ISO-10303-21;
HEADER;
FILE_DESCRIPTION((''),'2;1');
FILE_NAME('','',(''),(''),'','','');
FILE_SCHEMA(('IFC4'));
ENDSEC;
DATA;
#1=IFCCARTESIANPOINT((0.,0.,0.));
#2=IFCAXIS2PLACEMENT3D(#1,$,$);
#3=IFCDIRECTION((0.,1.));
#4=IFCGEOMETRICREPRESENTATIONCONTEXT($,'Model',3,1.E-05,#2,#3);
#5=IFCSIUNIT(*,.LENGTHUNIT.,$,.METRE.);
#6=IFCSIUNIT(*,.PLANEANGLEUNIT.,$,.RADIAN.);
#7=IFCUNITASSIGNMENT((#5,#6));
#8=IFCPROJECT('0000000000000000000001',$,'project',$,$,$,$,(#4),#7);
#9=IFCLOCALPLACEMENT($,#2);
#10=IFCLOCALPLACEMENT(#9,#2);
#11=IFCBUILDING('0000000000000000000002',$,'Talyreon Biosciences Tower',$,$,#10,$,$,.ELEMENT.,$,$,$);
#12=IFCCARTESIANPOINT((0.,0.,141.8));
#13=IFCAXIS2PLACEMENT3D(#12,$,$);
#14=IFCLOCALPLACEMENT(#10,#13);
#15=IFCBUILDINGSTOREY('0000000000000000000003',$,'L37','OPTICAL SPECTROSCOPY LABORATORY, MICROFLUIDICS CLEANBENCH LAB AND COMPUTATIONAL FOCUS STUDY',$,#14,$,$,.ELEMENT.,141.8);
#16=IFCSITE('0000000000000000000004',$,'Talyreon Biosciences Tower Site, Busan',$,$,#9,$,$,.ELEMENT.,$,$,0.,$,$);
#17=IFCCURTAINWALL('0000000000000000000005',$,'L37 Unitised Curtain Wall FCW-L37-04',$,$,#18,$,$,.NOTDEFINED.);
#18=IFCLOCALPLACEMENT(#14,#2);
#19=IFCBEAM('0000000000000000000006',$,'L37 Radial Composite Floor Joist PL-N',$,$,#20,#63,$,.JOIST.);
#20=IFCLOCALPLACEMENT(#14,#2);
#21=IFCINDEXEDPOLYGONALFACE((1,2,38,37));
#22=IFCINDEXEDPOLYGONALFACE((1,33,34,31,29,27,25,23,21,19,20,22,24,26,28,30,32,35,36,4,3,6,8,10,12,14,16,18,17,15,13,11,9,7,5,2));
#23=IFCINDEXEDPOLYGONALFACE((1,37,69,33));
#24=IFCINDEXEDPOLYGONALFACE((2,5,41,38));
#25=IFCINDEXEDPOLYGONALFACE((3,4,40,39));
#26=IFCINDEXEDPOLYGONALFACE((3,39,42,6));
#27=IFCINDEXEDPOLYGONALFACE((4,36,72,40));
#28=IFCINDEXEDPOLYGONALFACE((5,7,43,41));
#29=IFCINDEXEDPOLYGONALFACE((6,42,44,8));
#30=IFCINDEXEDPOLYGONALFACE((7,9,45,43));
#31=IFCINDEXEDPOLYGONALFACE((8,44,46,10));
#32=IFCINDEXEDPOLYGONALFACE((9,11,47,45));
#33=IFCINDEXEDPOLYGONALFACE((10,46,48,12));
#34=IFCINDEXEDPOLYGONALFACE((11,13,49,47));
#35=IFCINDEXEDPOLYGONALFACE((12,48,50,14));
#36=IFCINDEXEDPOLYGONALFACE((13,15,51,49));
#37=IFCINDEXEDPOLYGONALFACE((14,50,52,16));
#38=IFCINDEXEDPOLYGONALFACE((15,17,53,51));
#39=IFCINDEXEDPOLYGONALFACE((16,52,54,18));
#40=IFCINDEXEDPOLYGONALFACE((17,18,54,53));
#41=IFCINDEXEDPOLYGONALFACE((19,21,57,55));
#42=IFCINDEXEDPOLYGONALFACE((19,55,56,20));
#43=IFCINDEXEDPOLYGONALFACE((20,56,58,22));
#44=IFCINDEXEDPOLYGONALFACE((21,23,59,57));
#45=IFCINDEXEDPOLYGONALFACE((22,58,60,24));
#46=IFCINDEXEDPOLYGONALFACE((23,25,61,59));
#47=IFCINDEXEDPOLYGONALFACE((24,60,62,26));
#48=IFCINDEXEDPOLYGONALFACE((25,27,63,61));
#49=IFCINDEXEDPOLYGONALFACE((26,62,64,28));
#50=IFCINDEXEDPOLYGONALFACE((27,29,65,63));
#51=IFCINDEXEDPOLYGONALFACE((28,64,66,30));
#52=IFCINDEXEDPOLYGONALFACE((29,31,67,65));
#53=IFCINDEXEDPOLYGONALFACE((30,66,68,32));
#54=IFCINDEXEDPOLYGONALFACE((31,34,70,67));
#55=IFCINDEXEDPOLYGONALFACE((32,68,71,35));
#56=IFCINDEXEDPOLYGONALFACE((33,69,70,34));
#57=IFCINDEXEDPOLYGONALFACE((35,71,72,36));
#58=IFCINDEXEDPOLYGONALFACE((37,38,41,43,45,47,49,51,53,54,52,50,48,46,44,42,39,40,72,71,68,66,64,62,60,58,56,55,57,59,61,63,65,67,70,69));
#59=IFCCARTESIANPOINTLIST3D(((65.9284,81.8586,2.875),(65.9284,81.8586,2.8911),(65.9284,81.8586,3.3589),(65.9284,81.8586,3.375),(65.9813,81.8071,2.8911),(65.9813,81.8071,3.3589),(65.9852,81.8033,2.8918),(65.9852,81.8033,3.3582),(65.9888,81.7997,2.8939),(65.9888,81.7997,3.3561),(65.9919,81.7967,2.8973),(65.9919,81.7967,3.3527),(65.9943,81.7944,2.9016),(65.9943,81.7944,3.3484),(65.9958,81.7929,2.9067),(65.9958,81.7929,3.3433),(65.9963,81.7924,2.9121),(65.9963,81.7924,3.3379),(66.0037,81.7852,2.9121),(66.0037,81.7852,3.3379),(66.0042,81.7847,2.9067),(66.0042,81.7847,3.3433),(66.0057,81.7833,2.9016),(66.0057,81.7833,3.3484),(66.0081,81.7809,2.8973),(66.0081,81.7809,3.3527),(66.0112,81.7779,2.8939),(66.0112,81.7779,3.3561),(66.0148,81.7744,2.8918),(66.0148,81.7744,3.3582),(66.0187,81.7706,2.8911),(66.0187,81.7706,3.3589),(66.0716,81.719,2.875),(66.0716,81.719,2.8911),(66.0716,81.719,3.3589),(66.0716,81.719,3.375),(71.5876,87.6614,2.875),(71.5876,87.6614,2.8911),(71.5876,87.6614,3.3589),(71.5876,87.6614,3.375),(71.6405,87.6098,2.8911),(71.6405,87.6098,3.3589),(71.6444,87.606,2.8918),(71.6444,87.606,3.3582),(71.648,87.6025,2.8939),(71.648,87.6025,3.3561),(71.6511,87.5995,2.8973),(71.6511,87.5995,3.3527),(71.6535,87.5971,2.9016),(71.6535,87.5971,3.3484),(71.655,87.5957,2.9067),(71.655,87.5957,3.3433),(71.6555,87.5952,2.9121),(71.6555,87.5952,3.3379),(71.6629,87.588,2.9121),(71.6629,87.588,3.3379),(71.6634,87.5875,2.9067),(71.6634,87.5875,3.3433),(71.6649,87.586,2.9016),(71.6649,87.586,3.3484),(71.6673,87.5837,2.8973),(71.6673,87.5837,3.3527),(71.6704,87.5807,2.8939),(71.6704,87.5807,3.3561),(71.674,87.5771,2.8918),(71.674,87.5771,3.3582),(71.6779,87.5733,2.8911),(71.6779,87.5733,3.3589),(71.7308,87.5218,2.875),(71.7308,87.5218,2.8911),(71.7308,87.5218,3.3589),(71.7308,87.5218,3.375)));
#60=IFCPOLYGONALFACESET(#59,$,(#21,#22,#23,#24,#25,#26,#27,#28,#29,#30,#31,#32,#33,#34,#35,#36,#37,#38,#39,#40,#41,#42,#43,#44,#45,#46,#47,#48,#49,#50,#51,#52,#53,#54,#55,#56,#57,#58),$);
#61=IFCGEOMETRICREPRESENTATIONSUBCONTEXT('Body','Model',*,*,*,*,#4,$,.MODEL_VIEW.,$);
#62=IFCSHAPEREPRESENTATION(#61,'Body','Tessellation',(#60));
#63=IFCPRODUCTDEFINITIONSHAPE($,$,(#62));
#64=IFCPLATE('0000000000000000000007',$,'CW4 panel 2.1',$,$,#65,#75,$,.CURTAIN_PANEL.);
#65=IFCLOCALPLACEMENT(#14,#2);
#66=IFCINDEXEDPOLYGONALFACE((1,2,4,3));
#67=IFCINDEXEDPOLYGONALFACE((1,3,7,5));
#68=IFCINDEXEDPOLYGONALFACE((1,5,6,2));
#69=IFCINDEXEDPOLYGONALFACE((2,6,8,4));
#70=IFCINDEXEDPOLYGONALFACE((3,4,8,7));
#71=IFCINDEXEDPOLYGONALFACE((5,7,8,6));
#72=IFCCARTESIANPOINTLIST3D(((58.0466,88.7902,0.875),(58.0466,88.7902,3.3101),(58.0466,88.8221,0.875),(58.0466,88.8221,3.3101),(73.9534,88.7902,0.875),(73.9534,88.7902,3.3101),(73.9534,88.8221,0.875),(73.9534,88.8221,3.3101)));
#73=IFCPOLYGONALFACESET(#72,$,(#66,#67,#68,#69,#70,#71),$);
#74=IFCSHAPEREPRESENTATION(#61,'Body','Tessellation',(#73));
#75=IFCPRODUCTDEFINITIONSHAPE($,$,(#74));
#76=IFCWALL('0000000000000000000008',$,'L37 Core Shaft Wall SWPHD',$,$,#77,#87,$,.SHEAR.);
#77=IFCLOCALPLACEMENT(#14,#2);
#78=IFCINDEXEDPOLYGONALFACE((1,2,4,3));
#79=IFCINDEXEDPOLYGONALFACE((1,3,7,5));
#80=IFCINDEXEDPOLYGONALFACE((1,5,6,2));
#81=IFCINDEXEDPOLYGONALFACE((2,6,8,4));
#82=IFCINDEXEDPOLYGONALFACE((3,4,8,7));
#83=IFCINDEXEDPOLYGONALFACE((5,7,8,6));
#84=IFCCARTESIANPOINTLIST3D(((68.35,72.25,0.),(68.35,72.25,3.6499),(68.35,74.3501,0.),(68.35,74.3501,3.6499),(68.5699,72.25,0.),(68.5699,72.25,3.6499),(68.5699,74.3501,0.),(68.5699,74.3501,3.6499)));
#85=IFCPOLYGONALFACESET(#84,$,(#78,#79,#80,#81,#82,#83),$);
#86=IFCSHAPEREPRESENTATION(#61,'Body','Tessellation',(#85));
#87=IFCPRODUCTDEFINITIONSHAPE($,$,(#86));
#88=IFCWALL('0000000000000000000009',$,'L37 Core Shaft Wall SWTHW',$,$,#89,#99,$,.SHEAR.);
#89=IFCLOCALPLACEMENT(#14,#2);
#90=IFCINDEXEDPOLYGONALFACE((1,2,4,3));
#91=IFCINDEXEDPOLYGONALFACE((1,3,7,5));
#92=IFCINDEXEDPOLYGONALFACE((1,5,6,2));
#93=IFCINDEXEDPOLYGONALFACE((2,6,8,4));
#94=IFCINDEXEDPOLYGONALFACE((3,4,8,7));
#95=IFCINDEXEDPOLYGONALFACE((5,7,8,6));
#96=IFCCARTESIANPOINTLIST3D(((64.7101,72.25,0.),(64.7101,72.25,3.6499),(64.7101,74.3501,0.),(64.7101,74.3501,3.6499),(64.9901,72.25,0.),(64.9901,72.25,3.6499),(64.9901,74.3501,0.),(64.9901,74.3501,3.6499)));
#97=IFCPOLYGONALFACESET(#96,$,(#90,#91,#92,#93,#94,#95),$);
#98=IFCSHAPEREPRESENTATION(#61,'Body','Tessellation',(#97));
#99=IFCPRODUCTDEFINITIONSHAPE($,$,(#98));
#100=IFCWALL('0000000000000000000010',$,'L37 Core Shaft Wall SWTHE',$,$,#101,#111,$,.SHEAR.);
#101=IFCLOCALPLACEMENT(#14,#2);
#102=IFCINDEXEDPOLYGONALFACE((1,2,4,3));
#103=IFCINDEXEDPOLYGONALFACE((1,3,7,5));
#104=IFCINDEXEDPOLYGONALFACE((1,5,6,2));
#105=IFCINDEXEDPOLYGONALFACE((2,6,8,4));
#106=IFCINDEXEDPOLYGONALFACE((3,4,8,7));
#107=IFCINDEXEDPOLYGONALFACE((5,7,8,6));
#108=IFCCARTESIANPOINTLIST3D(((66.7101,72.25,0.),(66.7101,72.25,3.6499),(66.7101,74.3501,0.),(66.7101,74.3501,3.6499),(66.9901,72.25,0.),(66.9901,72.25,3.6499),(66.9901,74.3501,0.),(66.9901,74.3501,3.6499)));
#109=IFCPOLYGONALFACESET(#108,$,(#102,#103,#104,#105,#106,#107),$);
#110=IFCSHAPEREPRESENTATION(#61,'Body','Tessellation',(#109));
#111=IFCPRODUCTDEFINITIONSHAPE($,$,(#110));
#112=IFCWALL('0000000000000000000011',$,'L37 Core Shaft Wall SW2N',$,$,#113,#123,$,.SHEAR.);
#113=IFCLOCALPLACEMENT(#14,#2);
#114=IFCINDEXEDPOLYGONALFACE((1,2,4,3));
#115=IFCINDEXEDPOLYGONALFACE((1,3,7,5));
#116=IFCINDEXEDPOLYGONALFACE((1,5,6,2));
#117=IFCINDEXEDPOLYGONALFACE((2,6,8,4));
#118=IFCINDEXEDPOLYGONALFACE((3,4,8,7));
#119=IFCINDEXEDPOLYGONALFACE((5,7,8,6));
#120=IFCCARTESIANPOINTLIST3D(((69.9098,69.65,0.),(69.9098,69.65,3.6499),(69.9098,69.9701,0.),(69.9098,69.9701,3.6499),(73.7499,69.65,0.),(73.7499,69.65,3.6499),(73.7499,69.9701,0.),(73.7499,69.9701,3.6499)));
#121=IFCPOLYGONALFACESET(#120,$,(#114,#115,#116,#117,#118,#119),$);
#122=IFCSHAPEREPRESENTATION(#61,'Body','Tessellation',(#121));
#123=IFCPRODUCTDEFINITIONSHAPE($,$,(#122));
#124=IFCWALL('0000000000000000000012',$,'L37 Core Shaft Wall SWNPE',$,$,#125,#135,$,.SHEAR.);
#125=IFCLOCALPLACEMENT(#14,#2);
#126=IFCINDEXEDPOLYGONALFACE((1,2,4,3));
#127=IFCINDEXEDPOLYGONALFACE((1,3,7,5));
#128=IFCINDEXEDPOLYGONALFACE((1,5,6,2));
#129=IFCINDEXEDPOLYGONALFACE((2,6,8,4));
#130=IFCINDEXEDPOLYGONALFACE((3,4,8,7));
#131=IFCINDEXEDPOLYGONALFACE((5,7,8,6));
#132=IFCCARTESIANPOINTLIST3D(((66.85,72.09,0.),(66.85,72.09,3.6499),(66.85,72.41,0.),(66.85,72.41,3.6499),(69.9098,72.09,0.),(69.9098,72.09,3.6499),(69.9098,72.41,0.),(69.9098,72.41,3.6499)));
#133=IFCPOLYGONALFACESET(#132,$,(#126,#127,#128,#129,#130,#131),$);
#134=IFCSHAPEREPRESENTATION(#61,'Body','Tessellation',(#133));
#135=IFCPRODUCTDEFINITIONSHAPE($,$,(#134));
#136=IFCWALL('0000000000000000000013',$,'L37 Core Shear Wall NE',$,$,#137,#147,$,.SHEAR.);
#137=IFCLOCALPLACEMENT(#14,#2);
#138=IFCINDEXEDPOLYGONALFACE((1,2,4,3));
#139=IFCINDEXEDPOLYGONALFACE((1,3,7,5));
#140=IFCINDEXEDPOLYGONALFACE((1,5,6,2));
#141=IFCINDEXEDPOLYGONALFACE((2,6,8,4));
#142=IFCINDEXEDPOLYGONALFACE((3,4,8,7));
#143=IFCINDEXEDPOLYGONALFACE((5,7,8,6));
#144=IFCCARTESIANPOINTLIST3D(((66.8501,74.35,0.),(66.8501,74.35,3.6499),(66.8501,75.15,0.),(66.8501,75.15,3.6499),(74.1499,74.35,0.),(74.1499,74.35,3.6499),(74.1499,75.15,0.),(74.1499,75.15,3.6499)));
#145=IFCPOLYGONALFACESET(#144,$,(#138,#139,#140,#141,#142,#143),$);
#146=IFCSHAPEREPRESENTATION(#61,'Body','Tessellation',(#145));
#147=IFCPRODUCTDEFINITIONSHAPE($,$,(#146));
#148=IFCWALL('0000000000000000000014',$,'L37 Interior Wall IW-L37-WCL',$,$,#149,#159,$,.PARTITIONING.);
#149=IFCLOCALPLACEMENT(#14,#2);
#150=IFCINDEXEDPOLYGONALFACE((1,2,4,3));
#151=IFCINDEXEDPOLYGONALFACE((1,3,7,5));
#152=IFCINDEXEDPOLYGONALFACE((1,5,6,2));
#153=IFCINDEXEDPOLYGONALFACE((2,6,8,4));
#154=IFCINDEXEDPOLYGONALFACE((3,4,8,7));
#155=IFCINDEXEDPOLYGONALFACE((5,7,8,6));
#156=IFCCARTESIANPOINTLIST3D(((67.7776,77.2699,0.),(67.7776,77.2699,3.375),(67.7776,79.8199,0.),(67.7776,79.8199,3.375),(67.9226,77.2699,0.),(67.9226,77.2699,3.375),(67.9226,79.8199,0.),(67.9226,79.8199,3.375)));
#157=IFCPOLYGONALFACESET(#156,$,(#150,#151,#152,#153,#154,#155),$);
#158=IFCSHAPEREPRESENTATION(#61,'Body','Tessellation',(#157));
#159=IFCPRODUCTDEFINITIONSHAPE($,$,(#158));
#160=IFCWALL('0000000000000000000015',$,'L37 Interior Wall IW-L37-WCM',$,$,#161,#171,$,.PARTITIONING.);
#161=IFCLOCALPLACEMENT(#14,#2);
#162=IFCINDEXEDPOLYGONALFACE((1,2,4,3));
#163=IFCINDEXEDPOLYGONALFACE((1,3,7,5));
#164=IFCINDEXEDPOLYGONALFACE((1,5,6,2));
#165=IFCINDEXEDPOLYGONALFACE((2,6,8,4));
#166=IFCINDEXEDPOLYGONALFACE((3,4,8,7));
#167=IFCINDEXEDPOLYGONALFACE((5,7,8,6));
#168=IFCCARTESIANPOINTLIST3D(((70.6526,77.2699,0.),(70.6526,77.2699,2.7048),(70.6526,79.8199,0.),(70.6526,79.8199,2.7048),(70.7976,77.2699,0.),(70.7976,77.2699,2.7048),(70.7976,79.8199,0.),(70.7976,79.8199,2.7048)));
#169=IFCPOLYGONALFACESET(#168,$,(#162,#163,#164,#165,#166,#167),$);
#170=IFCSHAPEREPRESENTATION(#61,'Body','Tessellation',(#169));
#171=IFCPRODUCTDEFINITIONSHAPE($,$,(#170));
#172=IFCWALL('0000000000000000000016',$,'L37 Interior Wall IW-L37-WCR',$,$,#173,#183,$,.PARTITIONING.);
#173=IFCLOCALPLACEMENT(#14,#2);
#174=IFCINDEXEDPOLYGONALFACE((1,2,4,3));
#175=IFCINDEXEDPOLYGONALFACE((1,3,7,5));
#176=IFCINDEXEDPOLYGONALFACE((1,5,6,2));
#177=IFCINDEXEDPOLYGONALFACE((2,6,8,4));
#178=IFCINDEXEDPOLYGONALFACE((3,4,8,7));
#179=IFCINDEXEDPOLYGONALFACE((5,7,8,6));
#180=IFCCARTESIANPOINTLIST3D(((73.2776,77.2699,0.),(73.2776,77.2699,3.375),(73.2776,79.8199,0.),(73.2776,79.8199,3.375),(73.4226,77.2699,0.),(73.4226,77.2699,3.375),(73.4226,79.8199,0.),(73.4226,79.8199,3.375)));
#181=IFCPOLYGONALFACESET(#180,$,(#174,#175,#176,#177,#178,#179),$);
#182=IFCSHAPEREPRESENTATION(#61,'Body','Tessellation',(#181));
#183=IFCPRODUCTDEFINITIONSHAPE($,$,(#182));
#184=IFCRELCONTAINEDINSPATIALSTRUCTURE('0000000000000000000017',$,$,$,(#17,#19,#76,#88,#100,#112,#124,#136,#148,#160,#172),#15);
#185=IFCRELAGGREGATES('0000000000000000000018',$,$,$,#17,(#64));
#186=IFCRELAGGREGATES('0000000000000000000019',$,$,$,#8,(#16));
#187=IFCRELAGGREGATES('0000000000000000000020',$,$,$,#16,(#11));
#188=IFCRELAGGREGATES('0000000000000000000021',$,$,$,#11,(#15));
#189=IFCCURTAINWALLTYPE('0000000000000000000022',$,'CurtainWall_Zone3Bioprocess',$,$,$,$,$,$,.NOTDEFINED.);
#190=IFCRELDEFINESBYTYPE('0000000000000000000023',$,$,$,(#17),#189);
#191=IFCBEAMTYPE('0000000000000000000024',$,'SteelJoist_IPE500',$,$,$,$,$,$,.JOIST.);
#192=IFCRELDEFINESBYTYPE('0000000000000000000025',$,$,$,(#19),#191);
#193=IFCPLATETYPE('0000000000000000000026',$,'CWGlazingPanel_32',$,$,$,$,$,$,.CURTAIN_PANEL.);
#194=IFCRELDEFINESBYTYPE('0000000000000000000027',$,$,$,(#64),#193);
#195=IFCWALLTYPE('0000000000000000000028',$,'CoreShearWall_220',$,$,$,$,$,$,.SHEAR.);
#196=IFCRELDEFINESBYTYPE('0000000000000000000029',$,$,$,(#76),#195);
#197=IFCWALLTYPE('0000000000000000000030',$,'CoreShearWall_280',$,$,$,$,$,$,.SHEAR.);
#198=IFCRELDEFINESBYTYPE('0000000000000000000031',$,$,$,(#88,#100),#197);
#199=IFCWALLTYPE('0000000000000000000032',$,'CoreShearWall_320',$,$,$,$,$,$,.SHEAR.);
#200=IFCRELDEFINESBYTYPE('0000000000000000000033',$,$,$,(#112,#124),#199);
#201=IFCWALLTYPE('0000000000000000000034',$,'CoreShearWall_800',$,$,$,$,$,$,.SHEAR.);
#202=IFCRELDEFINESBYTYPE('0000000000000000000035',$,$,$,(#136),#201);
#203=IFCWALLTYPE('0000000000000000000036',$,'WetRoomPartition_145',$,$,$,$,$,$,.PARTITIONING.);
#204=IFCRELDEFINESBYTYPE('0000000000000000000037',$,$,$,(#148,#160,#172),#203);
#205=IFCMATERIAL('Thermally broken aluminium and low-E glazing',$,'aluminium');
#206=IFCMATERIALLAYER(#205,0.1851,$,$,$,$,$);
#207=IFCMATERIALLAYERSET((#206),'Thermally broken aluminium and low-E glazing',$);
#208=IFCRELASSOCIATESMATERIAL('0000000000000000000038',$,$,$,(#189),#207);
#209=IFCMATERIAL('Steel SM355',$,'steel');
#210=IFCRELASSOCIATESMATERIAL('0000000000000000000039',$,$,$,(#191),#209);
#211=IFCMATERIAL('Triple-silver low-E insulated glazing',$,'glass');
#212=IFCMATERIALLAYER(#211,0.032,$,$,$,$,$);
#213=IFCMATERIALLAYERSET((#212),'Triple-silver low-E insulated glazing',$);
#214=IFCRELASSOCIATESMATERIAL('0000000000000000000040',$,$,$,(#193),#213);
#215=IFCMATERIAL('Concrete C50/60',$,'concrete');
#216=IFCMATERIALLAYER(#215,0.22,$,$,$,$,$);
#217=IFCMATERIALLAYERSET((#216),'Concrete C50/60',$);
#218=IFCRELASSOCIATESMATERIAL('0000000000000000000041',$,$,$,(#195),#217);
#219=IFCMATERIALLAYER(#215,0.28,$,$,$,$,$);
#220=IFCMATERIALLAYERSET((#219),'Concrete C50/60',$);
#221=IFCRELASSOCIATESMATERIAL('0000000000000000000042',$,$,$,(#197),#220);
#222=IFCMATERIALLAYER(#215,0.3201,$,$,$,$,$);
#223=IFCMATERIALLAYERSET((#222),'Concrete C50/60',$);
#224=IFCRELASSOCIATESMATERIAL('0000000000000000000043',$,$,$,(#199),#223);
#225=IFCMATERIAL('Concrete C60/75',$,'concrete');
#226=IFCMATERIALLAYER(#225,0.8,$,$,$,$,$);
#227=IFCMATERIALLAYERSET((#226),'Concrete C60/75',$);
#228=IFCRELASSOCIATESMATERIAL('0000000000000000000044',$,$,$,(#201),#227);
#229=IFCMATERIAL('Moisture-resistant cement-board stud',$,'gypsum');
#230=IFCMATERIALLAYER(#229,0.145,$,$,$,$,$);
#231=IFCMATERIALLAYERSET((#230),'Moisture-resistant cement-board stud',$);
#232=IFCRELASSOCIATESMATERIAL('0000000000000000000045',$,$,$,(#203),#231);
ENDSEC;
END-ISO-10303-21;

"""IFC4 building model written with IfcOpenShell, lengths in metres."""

from ifc_helpers import new_model, si_unit, direction, frame, frame_2d, origin, origin_2d, place, context, subcontext, project, spatial, rectangle, i_section, extrude, material, layer, layer_set, material_profile, profile_set, type_object, element, aggregate, save


model = new_model("IFC4")

# Units and contexts
model_context = context("Model", 3, precision=1e-05, world=origin(), true_north=direction((0.0, 1.0)))
body_context = subcontext(model_context, "Body", "Model", "MODEL_VIEW")
ifc_project = project(units=[si_unit("LENGTHUNIT", "METRE"), si_unit("PLANEANGLEUNIT", "RADIAN")], contexts=[model_context])

# Site, building, storey
site_placement = place(None, origin())
site = spatial("IfcSite", under=ifc_project, at=site_placement, Name="Talyreon Biosciences Tower Site, Busan", CompositionType="ELEMENT", RefElevation=0.0)
building_placement = place(site_placement, origin())
building = spatial("IfcBuilding", under=site, at=building_placement, Name="Talyreon Biosciences Tower", CompositionType="ELEMENT")
storey_placement = place(building_placement, frame((0.0, 0.0, 141.8)))
storey = spatial("IfcBuildingStorey", under=building, at=storey_placement, Name="L37", Description="OPTICAL SPECTROSCOPY LABORATORY, MICROFLUIDICS CLEANBENCH LAB AND COMPUTATIONAL FOCUS STUDY", CompositionType="ELEMENT", Elevation=141.8)

# Shared definitions
ifc_material_1 = material(Name="Concrete C60/75", Category="concrete")
ifc_material_2 = material(Name="Concrete C50/60", Category="concrete")

# Curtain wall
ifc_material_3 = material(Name="Thermally broken aluminium and low-E glazing", Category="aluminium")
ifc_layer_1 = layer(ifc_material_3, 0.1851)
ifc_layer_set_1 = layer_set([ifc_layer_1], Name="Thermally broken aluminium and low-E glazing")
curtain_wall_type = type_object("IfcCurtainWallType", Name="CurtainWall_Zone3Bioprocess", PredefinedType="NOTDEFINED", material=ifc_layer_set_1)
curtain_wall_placement = place(storey_placement, origin())
curtain_wall = element("IfcCurtainWall", 1, at=curtain_wall_placement, inside=storey, type_object=curtain_wall_type, Name="L37 Unitised Curtain Wall FCW-L37-04", PredefinedType="NOTDEFINED")

# Beam
ifc_material_4 = material(Name="Steel SM355", Category="steel")
ifc_material_profile_1 = material_profile(ifc_material_4, i_section(OverallWidth=0.2, OverallDepth=0.5, WebThickness=0.0103, FlangeThickness=0.0161, FilletRadius=0.021, at=origin_2d()), Name="IPE500")
ifc_profile_set_1 = profile_set([ifc_material_profile_1], Name="Steel SM355")
beam_type_1 = type_object("IfcBeamType", Name="SteelJoist_IPE500", PredefinedType="JOIST", material=ifc_profile_set_1)
beam_1_placement = place(storey_placement, frame((66.0, 81.7888, 3.125), z_axis=(0.698196, 0.715907, 0.0), x_axis=(-0.715907, 0.698196, 0.0)))
element("IfcBeam", 2, at=beam_1_placement, inside=storey, type_object=beam_type_1, Name="L37 Radial Composite Floor Joist PL-N", PredefinedType="JOIST", context=body_context, shape_type="SweptSolid", body=[
    extrude(i_section(OverallWidth=0.2, OverallDepth=0.5, WebThickness=0.0103, FlangeThickness=0.0161, FilletRadius=0.021, at=origin_2d()), origin(), (0.0, 0.0, 1.0), 8.1055),
])

# Plate
ifc_material_5 = material(Name="Triple-silver low-E insulated glazing", Category="glass")
ifc_layer_2 = layer(ifc_material_5, 0.032)
ifc_layer_set_2 = layer_set([ifc_layer_2], Name="Triple-silver low-E insulated glazing")
plate_type = type_object("IfcPlateType", Name="CWGlazingPanel_32", PredefinedType="CURTAIN_PANEL", material=ifc_layer_set_2)
plate_placement = place(storey_placement, frame((66.0, 88.8062, 0.875), z_axis=(0.0, 0.0, 1.0), x_axis=(1.0, 0.0, 0.0)))
plate = element("IfcPlate", 3, at=plate_placement, type_object=plate_type, Name="CW4 panel 2.1", PredefinedType="CURTAIN_PANEL", context=body_context, shape_type="SweptSolid", body=[
    extrude(rectangle(XDim=15.9067, YDim=0.032, at=origin_2d()), origin(), (0.0, 0.0, 1.0), 2.4351),
])
aggregate(curtain_wall, [plate])

# Walls
ifc_layer_3 = layer(ifc_material_2, 0.22)
ifc_layer_set_3 = layer_set([ifc_layer_3], Name="Concrete C50/60")
wall_type_1 = type_object("IfcWallType", Name="CoreShearWall_220", PredefinedType="SHEAR", material=ifc_layer_set_3)
wall_1_placement = place(storey_placement, frame((68.46, 72.25, 0.0), z_axis=(0.0, 0.0, 1.0), x_axis=(0.0, 1.0, 0.0)))
element("IfcWall", 4, at=wall_1_placement, inside=storey, type_object=wall_type_1, Name="L37 Core Shaft Wall SWPHD", PredefinedType="SHEAR", context=body_context, shape_type="SweptSolid", body=[
    extrude(rectangle(XDim=2.1001, YDim=0.22, at=frame_2d((1.05, 0.0))), origin(), (0.0, 0.0, 1.0), 3.6499),
])
ifc_layer_4 = layer(ifc_material_2, 0.28)
ifc_layer_set_4 = layer_set([ifc_layer_4], Name="Concrete C50/60")
wall_type_2 = type_object("IfcWallType", Name="CoreShearWall_280", PredefinedType="SHEAR", material=ifc_layer_set_4)
for number, where, z_axis, x_axis, name in (
    (5, (64.8501, 72.25, 0.0), (0.0, 0.0, 1.0), (0.0, 1.0, 0.0), "L37 Core Shaft Wall SWTHW"),
    (6, (66.8501, 72.25, 0.0), (0.0, 0.0, 1.0), (0.0, 1.0, 0.0), "L37 Core Shaft Wall SWTHE"),
):
    element("IfcWall", number, at=place(storey_placement, frame(where, z_axis=z_axis, x_axis=x_axis)), inside=storey, type_object=wall_type_2, Name=name, PredefinedType="SHEAR", context=body_context, shape_type="SweptSolid", body=[
        extrude(rectangle(XDim=2.1001, YDim=0.28, at=frame_2d((1.05, 0.0))), origin(), (0.0, 0.0, 1.0), 3.6499),
    ])
ifc_layer_5 = layer(ifc_material_2, 0.3201)
ifc_layer_set_5 = layer_set([ifc_layer_5], Name="Concrete C50/60")
wall_type_3 = type_object("IfcWallType", Name="CoreShearWall_320", PredefinedType="SHEAR", material=ifc_layer_set_5)
wall_2_placement = place(storey_placement, frame((69.9099, 69.8101, 0.0), z_axis=(0.0, 0.0, 1.0), x_axis=(1.0, 0.0, 0.0)))
element("IfcWall", 7, at=wall_2_placement, inside=storey, type_object=wall_type_3, Name="L37 Core Shaft Wall SW2N", PredefinedType="SHEAR", context=body_context, shape_type="SweptSolid", body=[
    extrude(rectangle(XDim=3.8401, YDim=0.3201, at=frame_2d((1.9199, 0.0))), origin(), (0.0, 0.0, 1.0), 3.6499),
])
wall_3_placement = place(storey_placement, frame((66.8501, 72.25, 0.0), z_axis=(0.0, 0.0, 1.0), x_axis=(1.0, 0.0, 0.0)))
element("IfcWall", 8, at=wall_3_placement, inside=storey, type_object=wall_type_3, Name="L37 Core Shaft Wall SWNPE", PredefinedType="SHEAR", context=body_context, shape_type="SweptSolid", body=[
    extrude(rectangle(XDim=3.0598, YDim=0.3201, at=frame_2d((1.5298, 0.0))), origin(), (0.0, 0.0, 1.0), 3.6499),
])
ifc_layer_6 = layer(ifc_material_1, 0.8)
ifc_layer_set_6 = layer_set([ifc_layer_6], Name="Concrete C60/75")
wall_type_4 = type_object("IfcWallType", Name="CoreShearWall_800", PredefinedType="SHEAR", material=ifc_layer_set_6)
wall_4_placement = place(storey_placement, frame((74.1499, 74.75, 0.0), z_axis=(0.0, 0.0, 1.0), x_axis=(-1.0, 0.0, 0.0)))
element("IfcWall", 9, at=wall_4_placement, inside=storey, type_object=wall_type_4, Name="L37 Core Shear Wall NE", PredefinedType="SHEAR", context=body_context, shape_type="SweptSolid", body=[
    extrude(rectangle(XDim=7.2998, YDim=0.8, at=frame_2d((3.6499, 0.0))), origin(), (0.0, 0.0, 1.0), 3.6499),
])
ifc_material_6 = material(Name="Moisture-resistant cement-board stud", Category="gypsum")
ifc_layer_7 = layer(ifc_material_6, 0.145)
ifc_layer_set_7 = layer_set([ifc_layer_7], Name="Moisture-resistant cement-board stud")
wall_type_5 = type_object("IfcWallType", Name="WetRoomPartition_145", PredefinedType="PARTITIONING", material=ifc_layer_set_7)
wall_5_placement = place(storey_placement, frame((67.8501, 77.27, 0.0), z_axis=(0.0, 0.0, 1.0), x_axis=(0.0, 1.0, 0.0)))
element("IfcWall", 10, at=wall_5_placement, inside=storey, type_object=wall_type_5, Name="L37 Interior Wall IW-L37-WCL", PredefinedType="PARTITIONING", context=body_context, shape_type="SweptSolid", body=[
    extrude(rectangle(XDim=2.55, YDim=0.145, at=frame_2d((1.2749, 0.0))), origin(), (0.0, 0.0, 1.0), 3.375),
])
wall_6_placement = place(storey_placement, frame((70.7251, 77.27, 0.0), z_axis=(0.0, 0.0, 1.0), x_axis=(0.0, 1.0, 0.0)))
element("IfcWall", 11, at=wall_6_placement, inside=storey, type_object=wall_type_5, Name="L37 Interior Wall IW-L37-WCM", PredefinedType="PARTITIONING", context=body_context, shape_type="SweptSolid", body=[
    extrude(rectangle(XDim=2.55, YDim=0.145, at=frame_2d((1.2749, 0.0))), origin(), (0.0, 0.0, 1.0), 2.7048),
])
wall_7_placement = place(storey_placement, frame((73.3501, 77.27, 0.0), z_axis=(0.0, 0.0, 1.0), x_axis=(0.0, 1.0, 0.0)))
element("IfcWall", 12, at=wall_7_placement, inside=storey, type_object=wall_type_5, Name="L37 Interior Wall IW-L37-WCR", PredefinedType="PARTITIONING", context=body_context, shape_type="SweptSolid", body=[
    extrude(rectangle(XDim=2.55, YDim=0.145, at=frame_2d((1.2749, 0.0))), origin(), (0.0, 0.0, 1.0), 3.375),
])

save(model, "model.ifc")
